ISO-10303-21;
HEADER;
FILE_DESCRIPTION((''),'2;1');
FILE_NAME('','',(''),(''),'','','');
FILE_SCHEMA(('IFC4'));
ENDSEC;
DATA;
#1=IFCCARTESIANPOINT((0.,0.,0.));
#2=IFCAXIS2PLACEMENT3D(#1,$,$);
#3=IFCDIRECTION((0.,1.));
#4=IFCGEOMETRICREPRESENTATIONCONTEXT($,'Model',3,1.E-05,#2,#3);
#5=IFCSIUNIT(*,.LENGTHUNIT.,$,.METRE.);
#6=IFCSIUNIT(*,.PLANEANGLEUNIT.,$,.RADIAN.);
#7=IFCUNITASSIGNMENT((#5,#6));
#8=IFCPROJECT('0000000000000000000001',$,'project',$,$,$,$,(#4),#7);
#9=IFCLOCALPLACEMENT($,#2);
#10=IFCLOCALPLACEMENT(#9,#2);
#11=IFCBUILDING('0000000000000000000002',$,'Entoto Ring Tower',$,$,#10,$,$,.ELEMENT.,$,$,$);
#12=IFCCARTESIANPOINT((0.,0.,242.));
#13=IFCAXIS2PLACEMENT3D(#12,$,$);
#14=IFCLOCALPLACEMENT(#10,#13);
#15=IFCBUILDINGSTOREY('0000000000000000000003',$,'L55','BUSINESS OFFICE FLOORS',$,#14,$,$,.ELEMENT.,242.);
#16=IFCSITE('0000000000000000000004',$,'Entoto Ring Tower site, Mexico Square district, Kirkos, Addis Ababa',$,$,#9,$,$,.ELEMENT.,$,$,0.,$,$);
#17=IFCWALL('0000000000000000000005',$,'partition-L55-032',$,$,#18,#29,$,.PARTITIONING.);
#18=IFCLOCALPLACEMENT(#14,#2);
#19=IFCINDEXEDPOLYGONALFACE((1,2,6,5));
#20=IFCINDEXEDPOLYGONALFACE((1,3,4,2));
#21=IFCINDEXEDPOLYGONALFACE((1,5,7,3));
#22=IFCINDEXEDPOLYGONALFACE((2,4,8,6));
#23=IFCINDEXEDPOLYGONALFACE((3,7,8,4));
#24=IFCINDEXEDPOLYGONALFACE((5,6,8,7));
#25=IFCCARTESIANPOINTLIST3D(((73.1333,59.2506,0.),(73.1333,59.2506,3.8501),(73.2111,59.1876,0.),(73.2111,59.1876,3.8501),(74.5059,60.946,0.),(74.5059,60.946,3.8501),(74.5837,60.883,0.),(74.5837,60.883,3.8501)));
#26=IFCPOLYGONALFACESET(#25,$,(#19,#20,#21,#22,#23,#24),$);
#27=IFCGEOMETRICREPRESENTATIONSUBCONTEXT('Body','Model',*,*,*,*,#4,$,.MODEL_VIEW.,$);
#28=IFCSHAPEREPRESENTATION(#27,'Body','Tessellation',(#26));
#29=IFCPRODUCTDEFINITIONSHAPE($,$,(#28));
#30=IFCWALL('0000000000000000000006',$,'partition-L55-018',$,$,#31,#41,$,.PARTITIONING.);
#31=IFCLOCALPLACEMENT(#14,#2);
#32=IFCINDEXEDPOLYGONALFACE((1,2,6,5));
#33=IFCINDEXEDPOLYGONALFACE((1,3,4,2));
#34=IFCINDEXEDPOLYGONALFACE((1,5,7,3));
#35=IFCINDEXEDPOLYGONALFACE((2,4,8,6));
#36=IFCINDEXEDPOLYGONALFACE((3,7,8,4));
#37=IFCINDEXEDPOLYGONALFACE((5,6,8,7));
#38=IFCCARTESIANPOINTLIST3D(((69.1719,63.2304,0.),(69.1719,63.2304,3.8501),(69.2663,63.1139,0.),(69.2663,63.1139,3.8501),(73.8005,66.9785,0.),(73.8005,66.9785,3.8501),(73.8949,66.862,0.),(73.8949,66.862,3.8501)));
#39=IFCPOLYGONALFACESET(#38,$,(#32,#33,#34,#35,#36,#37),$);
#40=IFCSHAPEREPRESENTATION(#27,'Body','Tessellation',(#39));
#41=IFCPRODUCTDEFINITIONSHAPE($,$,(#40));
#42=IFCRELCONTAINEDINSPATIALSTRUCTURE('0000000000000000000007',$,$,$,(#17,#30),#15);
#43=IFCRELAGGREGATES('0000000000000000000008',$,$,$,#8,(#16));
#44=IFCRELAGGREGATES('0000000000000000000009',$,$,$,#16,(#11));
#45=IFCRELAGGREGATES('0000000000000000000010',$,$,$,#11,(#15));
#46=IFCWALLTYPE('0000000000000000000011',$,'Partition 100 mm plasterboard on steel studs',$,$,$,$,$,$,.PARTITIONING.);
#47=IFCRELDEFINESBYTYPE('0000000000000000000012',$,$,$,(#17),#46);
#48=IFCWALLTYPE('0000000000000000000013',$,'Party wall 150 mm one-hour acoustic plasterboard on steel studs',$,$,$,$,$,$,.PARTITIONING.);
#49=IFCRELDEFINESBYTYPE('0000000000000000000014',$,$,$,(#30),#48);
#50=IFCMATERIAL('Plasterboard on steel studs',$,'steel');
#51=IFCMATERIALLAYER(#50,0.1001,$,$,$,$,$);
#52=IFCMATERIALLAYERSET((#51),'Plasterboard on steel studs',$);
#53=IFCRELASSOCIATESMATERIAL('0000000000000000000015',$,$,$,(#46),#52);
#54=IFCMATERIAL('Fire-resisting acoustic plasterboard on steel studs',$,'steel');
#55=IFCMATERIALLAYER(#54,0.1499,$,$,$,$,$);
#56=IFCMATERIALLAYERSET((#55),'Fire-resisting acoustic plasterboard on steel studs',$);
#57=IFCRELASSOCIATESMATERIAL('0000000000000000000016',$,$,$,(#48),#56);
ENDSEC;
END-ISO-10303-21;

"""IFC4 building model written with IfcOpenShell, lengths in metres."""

from ifc_helpers import new_model, si_unit, direction, frame, frame_2d, origin, place, context, subcontext, project, spatial, rectangle, extrude, material, layer, layer_set, type_object, element, save


model = new_model("IFC4")

# Units and contexts
model_context = context("Model", 3, precision=1e-05, world=origin(), true_north=direction((0.0, 1.0)))
body_context = subcontext(model_context, "Body", "Model", "MODEL_VIEW")
ifc_project = project(units=[si_unit("LENGTHUNIT", "METRE"), si_unit("PLANEANGLEUNIT", "RADIAN")], contexts=[model_context])

# Site, building, storey
site_placement = place(None, origin())
site = spatial("IfcSite", under=ifc_project, at=site_placement, Name="Entoto Ring Tower site, Mexico Square district, Kirkos, Addis Ababa", CompositionType="ELEMENT", RefElevation=0.0)
building_placement = place(site_placement, origin())
building = spatial("IfcBuilding", under=site, at=building_placement, Name="Entoto Ring Tower", CompositionType="ELEMENT")
storey_placement = place(building_placement, frame((0.0, 0.0, 242.0)))
storey = spatial("IfcBuildingStorey", under=building, at=storey_placement, Name="L55", Description="BUSINESS OFFICE FLOORS", CompositionType="ELEMENT", Elevation=242.0)

# Shared definitions
ifc_material_1 = material(Name="Plasterboard on steel studs", Category="steel")
ifc_layer_1 = layer(ifc_material_1, 0.1001)
ifc_layer_set_1 = layer_set([ifc_layer_1], Name="Plasterboard on steel studs")
wall_type_1 = type_object("IfcWallType", Name="Partition 100 mm plasterboard on steel studs", PredefinedType="PARTITIONING", material=ifc_layer_set_1)

# Walls
for number, where, z_axis, x_axis, name in (
    (1, (73.1721, 59.219, 0.0), (0.0, 0.0, 1.0), (0.629243, 0.777208, 0.0), "partition-L55-032"),
):
    element("IfcWall", number, at=place(storey_placement, frame(where, z_axis=z_axis, x_axis=x_axis)), inside=storey, type_object=wall_type_1, Name=name, PredefinedType="PARTITIONING", context=body_context, shape_type="SweptSolid", body=[
        extrude(rectangle(XDim=2.1814, YDim=0.1001, at=frame_2d((1.0908, 0.0))), origin(), (0.0, 0.0, 1.0), 3.8501),
    ])
ifc_material_2 = material(Name="Fire-resisting acoustic plasterboard on steel studs", Category="steel")
ifc_layer_2 = layer(ifc_material_2, 0.1499)
ifc_layer_set_2 = layer_set([ifc_layer_2], Name="Fire-resisting acoustic plasterboard on steel studs")
wall_type_2 = type_object("IfcWallType", Name="Party wall 150 mm one-hour acoustic plasterboard on steel studs", PredefinedType="PARTITIONING", material=ifc_layer_set_2)
wall_1_placement = place(storey_placement, frame((69.219, 63.1721, 0.0), z_axis=(0.0, 0.0, 1.0), x_axis=(0.77716, 0.629303, 0.0)))
element("IfcWall", 2, at=wall_1_placement, inside=storey, type_object=wall_type_2, Name="partition-L55-018", PredefinedType="PARTITIONING", context=body_context, shape_type="SweptSolid", body=[
    extrude(rectangle(XDim=5.9558, YDim=0.1499, at=frame_2d((2.978, 0.0))), origin(), (0.0, 0.0, 1.0), 3.8501),
])

save(model, "model.ifc")
